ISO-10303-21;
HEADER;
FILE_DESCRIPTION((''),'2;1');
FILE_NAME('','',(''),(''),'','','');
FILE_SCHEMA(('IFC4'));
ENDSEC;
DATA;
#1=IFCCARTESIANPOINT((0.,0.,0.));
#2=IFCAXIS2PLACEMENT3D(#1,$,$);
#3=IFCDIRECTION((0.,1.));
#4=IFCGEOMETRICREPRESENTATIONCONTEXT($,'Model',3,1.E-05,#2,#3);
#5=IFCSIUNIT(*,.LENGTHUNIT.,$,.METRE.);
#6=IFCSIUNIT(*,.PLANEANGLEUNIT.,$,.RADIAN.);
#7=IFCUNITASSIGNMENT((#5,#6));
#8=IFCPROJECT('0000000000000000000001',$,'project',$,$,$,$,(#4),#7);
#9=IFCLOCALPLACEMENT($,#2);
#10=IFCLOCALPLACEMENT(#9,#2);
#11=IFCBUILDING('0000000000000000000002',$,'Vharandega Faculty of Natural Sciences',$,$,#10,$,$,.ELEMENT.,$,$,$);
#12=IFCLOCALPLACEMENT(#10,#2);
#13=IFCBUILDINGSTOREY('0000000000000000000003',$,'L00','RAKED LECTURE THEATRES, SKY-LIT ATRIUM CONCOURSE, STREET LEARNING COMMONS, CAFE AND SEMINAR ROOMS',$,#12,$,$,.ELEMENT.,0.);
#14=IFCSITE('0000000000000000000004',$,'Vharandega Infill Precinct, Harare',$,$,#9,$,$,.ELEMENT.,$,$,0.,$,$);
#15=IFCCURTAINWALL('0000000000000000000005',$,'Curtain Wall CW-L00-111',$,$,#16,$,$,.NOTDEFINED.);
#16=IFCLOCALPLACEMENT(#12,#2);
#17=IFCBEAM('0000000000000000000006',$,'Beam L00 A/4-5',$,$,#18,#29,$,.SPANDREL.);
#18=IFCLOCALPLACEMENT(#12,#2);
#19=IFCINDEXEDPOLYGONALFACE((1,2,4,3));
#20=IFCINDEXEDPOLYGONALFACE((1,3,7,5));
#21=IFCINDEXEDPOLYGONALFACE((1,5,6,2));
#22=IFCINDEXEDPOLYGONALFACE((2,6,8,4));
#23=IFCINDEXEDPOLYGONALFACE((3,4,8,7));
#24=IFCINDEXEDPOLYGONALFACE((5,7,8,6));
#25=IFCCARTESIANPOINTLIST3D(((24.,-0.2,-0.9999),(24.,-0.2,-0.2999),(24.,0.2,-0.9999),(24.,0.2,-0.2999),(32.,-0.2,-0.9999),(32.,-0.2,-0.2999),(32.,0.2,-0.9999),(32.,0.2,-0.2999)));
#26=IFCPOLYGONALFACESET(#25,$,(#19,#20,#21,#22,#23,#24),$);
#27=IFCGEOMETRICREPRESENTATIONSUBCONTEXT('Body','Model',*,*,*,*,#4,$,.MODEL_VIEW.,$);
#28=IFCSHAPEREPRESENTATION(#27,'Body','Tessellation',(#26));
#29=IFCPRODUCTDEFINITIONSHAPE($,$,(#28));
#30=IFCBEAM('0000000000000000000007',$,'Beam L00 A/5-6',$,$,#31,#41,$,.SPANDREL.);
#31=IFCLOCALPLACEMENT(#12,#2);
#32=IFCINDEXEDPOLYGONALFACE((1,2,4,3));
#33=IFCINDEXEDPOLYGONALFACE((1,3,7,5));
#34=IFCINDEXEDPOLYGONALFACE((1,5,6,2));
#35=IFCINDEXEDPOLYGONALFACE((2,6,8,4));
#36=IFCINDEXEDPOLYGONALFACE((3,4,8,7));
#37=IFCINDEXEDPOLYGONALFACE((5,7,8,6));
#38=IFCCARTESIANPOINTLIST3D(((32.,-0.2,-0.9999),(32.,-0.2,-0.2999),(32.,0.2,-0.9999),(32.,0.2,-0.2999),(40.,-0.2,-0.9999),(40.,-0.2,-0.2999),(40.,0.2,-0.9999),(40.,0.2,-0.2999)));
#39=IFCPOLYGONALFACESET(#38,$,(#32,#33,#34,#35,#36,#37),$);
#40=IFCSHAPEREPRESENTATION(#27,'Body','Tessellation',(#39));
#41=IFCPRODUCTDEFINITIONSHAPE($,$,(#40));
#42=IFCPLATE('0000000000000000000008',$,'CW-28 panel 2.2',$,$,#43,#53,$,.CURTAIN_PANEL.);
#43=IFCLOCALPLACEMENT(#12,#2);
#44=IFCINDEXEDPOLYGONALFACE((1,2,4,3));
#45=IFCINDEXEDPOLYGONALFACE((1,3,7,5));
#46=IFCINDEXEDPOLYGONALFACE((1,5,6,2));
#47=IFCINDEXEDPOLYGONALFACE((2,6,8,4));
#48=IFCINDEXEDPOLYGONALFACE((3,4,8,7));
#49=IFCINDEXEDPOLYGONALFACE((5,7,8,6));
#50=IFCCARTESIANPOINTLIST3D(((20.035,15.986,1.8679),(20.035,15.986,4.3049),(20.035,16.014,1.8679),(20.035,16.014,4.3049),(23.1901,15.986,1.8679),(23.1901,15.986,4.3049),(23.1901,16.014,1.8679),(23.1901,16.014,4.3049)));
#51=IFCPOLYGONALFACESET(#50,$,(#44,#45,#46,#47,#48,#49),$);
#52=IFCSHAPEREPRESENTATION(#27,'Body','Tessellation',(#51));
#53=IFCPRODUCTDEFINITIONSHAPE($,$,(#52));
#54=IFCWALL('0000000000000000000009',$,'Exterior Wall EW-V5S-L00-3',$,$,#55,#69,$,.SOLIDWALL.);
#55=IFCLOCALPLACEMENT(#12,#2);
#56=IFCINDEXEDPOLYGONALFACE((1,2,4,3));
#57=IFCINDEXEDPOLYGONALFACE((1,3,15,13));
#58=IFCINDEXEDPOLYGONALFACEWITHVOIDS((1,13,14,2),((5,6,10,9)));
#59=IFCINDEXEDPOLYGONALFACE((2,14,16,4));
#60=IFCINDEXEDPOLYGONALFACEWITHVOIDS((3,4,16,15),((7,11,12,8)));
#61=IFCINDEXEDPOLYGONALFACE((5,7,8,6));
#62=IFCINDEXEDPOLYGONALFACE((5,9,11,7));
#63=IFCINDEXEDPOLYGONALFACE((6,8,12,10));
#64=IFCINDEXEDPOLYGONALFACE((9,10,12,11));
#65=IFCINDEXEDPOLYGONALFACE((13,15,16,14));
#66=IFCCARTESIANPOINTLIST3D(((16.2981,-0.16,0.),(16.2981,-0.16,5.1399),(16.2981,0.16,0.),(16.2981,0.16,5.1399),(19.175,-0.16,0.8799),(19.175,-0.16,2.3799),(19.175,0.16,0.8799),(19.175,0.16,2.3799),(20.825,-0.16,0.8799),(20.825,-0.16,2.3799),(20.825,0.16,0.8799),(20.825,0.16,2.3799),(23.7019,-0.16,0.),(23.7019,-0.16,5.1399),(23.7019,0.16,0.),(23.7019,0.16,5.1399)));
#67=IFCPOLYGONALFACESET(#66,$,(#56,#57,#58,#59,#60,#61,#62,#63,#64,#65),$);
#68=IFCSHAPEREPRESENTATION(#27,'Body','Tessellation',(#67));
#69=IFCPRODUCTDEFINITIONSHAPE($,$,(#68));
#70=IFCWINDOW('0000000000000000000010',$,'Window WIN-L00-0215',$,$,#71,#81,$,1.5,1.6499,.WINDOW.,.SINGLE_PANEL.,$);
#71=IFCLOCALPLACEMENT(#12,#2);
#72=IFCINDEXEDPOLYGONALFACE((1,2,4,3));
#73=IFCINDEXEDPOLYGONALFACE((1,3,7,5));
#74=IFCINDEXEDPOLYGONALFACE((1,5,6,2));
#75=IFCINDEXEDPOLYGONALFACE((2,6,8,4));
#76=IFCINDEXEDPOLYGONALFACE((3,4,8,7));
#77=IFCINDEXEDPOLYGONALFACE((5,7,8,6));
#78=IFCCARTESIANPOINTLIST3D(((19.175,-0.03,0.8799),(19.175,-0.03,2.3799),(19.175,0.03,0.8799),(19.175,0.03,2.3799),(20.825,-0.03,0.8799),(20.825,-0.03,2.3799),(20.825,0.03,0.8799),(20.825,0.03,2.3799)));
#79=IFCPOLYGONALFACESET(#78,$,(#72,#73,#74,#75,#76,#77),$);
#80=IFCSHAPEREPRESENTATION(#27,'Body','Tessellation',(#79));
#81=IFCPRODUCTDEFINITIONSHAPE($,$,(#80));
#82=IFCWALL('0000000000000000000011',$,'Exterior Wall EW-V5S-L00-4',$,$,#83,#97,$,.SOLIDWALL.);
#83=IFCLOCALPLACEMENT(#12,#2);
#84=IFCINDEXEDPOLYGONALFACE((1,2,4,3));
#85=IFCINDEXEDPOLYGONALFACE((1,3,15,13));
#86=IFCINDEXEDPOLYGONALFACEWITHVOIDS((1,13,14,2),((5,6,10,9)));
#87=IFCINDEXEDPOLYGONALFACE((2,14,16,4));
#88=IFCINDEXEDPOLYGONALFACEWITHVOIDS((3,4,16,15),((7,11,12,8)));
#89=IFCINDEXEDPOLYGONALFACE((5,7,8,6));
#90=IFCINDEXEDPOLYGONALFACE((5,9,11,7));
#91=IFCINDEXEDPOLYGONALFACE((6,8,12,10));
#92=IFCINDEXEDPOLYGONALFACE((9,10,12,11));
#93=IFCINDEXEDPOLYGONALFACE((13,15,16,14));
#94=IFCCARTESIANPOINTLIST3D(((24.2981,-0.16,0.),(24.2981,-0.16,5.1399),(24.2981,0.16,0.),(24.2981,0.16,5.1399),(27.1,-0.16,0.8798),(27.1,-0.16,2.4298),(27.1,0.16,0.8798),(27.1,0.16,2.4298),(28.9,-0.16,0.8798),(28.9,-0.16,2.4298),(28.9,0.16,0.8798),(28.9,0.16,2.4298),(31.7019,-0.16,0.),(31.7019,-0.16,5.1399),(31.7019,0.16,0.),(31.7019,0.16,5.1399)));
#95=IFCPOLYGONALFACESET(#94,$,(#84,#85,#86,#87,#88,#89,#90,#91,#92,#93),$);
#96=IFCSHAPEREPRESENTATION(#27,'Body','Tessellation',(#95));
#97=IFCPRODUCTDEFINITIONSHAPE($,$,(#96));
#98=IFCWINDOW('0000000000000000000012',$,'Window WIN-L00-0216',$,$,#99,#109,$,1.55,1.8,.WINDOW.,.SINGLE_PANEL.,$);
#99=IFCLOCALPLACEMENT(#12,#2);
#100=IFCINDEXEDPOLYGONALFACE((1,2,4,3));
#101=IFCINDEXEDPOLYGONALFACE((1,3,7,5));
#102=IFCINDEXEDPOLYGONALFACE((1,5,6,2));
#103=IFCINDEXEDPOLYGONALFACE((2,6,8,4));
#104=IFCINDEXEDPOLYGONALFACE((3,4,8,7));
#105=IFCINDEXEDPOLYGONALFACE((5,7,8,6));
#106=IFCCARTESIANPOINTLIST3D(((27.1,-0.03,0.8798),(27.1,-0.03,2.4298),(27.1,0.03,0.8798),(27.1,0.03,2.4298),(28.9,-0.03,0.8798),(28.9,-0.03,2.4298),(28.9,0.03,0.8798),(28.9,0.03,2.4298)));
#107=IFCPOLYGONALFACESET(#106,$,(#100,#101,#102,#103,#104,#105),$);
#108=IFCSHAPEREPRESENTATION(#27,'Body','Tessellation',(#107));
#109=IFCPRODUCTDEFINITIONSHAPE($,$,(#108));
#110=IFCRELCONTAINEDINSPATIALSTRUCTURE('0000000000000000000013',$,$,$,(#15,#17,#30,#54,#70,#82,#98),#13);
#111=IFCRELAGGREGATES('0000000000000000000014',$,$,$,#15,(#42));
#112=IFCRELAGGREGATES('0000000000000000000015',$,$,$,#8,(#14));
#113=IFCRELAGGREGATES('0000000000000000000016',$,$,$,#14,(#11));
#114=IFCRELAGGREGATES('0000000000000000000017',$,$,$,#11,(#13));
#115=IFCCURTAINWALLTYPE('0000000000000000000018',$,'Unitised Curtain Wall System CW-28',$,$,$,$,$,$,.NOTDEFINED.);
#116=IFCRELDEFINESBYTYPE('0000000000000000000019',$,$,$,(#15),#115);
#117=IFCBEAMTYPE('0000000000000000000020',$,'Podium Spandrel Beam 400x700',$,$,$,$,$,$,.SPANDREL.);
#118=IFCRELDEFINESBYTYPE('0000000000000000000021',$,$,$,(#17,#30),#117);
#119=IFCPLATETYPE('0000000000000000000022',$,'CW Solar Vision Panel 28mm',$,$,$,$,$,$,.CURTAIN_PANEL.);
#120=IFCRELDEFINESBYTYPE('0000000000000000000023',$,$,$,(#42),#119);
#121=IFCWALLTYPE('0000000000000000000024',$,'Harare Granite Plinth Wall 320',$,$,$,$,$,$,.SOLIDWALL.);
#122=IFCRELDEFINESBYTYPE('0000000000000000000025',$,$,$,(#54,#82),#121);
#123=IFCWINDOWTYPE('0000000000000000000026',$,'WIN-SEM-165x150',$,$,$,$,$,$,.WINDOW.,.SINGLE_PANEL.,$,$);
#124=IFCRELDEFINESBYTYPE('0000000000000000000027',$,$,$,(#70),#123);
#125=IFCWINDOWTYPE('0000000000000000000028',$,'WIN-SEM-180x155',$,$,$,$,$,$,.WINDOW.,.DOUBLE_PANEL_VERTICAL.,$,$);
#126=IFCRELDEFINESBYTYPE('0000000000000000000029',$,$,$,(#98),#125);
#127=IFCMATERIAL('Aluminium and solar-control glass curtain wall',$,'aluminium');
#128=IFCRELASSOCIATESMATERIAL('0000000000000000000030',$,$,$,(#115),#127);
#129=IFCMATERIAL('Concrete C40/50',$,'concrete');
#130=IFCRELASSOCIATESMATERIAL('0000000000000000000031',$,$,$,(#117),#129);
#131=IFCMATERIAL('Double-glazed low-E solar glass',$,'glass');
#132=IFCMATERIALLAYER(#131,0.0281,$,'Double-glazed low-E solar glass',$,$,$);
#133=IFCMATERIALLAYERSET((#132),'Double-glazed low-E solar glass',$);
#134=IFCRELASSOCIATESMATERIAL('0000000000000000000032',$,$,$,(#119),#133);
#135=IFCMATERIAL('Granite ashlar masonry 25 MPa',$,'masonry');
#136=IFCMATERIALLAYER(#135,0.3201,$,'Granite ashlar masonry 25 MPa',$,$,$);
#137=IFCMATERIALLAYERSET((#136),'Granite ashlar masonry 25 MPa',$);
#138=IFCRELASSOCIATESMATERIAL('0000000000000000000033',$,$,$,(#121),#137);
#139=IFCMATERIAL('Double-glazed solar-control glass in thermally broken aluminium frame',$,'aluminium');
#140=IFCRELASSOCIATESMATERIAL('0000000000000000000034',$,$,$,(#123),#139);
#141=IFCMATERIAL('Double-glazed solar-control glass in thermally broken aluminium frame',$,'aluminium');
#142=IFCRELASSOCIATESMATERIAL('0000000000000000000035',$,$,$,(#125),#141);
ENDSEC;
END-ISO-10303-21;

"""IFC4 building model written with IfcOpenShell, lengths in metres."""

from ifc_helpers import new_model, si_unit, direction, frame, frame_2d, origin, origin_2d, place, context, subcontext, project, spatial, rectangle, extrude, material, layer, layer_set, material_profile, profile_set, type_object, element, fill, aggregate, save


model = new_model("IFC4")

# Units and contexts
model_context = context("Model", 3, precision=1e-05, world=origin(), true_north=direction((0.0, 1.0)))
body_context = subcontext(model_context, "Body", "Model", "MODEL_VIEW")
ifc_project = project(units=[si_unit("LENGTHUNIT", "METRE"), si_unit("PLANEANGLEUNIT", "RADIAN")], contexts=[model_context])

# Site, building, storey
site_placement = place(None, origin())
site = spatial("IfcSite", under=ifc_project, at=site_placement, Name="Vharandega Infill Precinct, Harare", CompositionType="ELEMENT", RefElevation=0.0)
building_placement = place(site_placement, origin())
building = spatial("IfcBuilding", under=site, at=building_placement, Name="Vharandega Faculty of Natural Sciences", CompositionType="ELEMENT")
storey_placement = place(building_placement, origin())
storey = spatial("IfcBuildingStorey", under=building, at=storey_placement, Name="L00", Description="RAKED LECTURE THEATRES, SKY-LIT ATRIUM CONCOURSE, STREET LEARNING COMMONS, CAFE AND SEMINAR ROOMS", CompositionType="ELEMENT", Elevation=0.0)

# Curtain wall
ifc_material_1 = material(Name="Aluminium and solar-control glass curtain wall", Category="aluminium")
curtain_wall_type = type_object("IfcCurtainWallType", Name="Unitised Curtain Wall System CW-28", PredefinedType="NOTDEFINED", material=ifc_material_1)
curtain_wall_placement = place(storey_placement, origin())
curtain_wall = element("IfcCurtainWall", 1, at=curtain_wall_placement, inside=storey, type_object=curtain_wall_type, Name="Curtain Wall CW-L00-111", PredefinedType="NOTDEFINED")

# Beams
ifc_material_2 = material(Name="Concrete C40/50", Category="concrete")
ifc_material_profile_1 = material_profile(ifc_material_2, rectangle(XDim=0.3999, YDim=0.7, at=origin_2d()), Name="RC 400x700")
ifc_profile_set_1 = profile_set([ifc_material_profile_1], Name="Concrete C40/50")
beam_type_1 = type_object("IfcBeamType", Name="Podium Spandrel Beam 400x700", PredefinedType="SPANDREL", material=ifc_profile_set_1)
for number, where, z_axis, x_axis, name in (
    (2, (24.0, 0.0, -0.6499), (1.0, 0.0, 0.0), (0.0, 1.0, 0.0), "Beam L00 A/4-5"),
    (3, (32.0, 0.0, -0.6499), (1.0, 0.0, 0.0), (0.0, 1.0, 0.0), "Beam L00 A/5-6"),
):
    element("IfcBeam", number, at=place(storey_placement, frame(where, z_axis=z_axis, x_axis=x_axis)), inside=storey, type_object=beam_type_1, Name=name, PredefinedType="SPANDREL", context=body_context, shape_type="SweptSolid", body=[
        extrude(rectangle(XDim=0.3999, YDim=0.7, at=origin_2d()), origin(), (0.0, 0.0, 1.0), 8.0),
    ])

# Plate
ifc_material_3 = material(Name="Double-glazed low-E solar glass", Category="glass")
ifc_layer_1 = layer(ifc_material_3, 0.0281, Name="Double-glazed low-E solar glass")
ifc_layer_set_1 = layer_set([ifc_layer_1], Name="Double-glazed low-E solar glass")
plate_type = type_object("IfcPlateType", Name="CW Solar Vision Panel 28mm", PredefinedType="CURTAIN_PANEL", material=ifc_layer_set_1)
plate_placement = place(storey_placement, frame((21.6125, 16.0, 1.8679), z_axis=(0.0, 0.0, 1.0), x_axis=(1.0, 0.0, 0.0)))
plate = element("IfcPlate", 4, at=plate_placement, type_object=plate_type, Name="CW-28 panel 2.2", PredefinedType="CURTAIN_PANEL", context=body_context, shape_type="SweptSolid", body=[
    extrude(rectangle(XDim=3.155, YDim=0.0281, at=origin_2d()), origin(), (0.0, 0.0, 1.0), 2.437),
])
aggregate(curtain_wall, [plate])

# Walls, openings, windows
ifc_material_4 = material(Name="Granite ashlar masonry 25 MPa", Category="masonry")
ifc_layer_2 = layer(ifc_material_4, 0.3201, Name="Granite ashlar masonry 25 MPa")
ifc_layer_set_2 = layer_set([ifc_layer_2], Name="Granite ashlar masonry 25 MPa")
wall_type = type_object("IfcWallType", Name="Harare Granite Plinth Wall 320", PredefinedType="SOLIDWALL", material=ifc_layer_set_2)
wall_1_placement = place(storey_placement, frame((23.7019, 0.0, 0.0), z_axis=(0.0, 0.0, 1.0), x_axis=(-1.0, 0.0, 0.0)))
wall_1 = element("IfcWall", 5, at=wall_1_placement, inside=storey, type_object=wall_type, Name="Exterior Wall EW-V5S-L00-3", PredefinedType="SOLIDWALL", context=body_context, shape_type="SweptSolid", body=[
    extrude(rectangle(XDim=7.4038, YDim=0.3201, at=frame_2d((3.7019, 0.0))), origin(), (0.0, 0.0, 1.0), 5.1399),
])
opening_1_placement = place(wall_1_placement, frame((2.877, 0.0, 0.8799)))
opening_1 = element("IfcOpeningElement", 6, at=opening_1_placement, cuts=wall_1, PredefinedType="OPENING", context=body_context, shape_type="SweptSolid", body=[
    extrude(rectangle(XDim=1.6499, YDim=1.5, at=frame_2d((0.825, 0.75))), frame((0.0, 0.1699, 0.0), z_axis=(0.0, -1.0, 0.0), x_axis=(1.0, 0.0, 0.0)), (0.0, 0.0, 1.0), 0.3401),
])
ifc_material_5 = material(Name="Double-glazed solar-control glass in thermally broken aluminium frame", Category="aluminium")
window_type_1 = type_object("IfcWindowType", Name="WIN-SEM-165x150", PartitioningType="SINGLE_PANEL", PredefinedType="WINDOW", material=ifc_material_5)
window_1_placement = place(opening_1_placement, origin())
window_1 = element("IfcWindow", 7, at=window_1_placement, inside=storey, type_object=window_type_1, Name="Window WIN-L00-0215", OverallHeight=1.5, OverallWidth=1.6499, PartitioningType="SINGLE_PANEL", PredefinedType="WINDOW", context=body_context, shape_type="SweptSolid", body=[
    extrude(rectangle(XDim=1.6499, YDim=1.5, at=frame_2d((0.825, 0.75))), frame((0.0, 0.03, 0.0), z_axis=(0.0, -1.0, 0.0), x_axis=(1.0, 0.0, 0.0)), (0.0, 0.0, 1.0), 0.0601),
])
fill(opening_1, window_1)
wall_2_placement = place(storey_placement, frame((31.7019, 0.0, 0.0), z_axis=(0.0, 0.0, 1.0), x_axis=(-1.0, 0.0, 0.0)))
wall_2 = element("IfcWall", 8, at=wall_2_placement, inside=storey, type_object=wall_type, Name="Exterior Wall EW-V5S-L00-4", PredefinedType="SOLIDWALL", context=body_context, shape_type="SweptSolid", body=[
    extrude(rectangle(XDim=7.4038, YDim=0.3201, at=frame_2d((3.7019, 0.0))), origin(), (0.0, 0.0, 1.0), 5.1399),
])
opening_2_placement = place(wall_2_placement, frame((2.802, 0.0, 0.8799)))
opening_2 = element("IfcOpeningElement", 9, at=opening_2_placement, cuts=wall_2, PredefinedType="OPENING", context=body_context, shape_type="SweptSolid", body=[
    extrude(rectangle(XDim=1.8, YDim=1.55, at=frame_2d((0.8999, 0.7749))), frame((0.0, 0.1699, 0.0), z_axis=(0.0, -1.0, 0.0), x_axis=(1.0, 0.0, 0.0)), (0.0, 0.0, 1.0), 0.3401),
])
ifc_material_6 = material(Name="Double-glazed solar-control glass in thermally broken aluminium frame", Category="aluminium")
window_type_2 = type_object("IfcWindowType", Name="WIN-SEM-180x155", PartitioningType="DOUBLE_PANEL_VERTICAL", PredefinedType="WINDOW", material=ifc_material_6)
window_2_placement = place(opening_2_placement, origin())
window_2 = element("IfcWindow", 10, at=window_2_placement, inside=storey, type_object=window_type_2, Name="Window WIN-L00-0216", OverallHeight=1.55, OverallWidth=1.8, PartitioningType="SINGLE_PANEL", PredefinedType="WINDOW", context=body_context, shape_type="SweptSolid", body=[
    extrude(rectangle(XDim=1.8, YDim=1.55, at=frame_2d((0.8999, 0.7749))), frame((0.0, 0.03, 0.0), z_axis=(0.0, -1.0, 0.0), x_axis=(1.0, 0.0, 0.0)), (0.0, 0.0, 1.0), 0.0601),
])
fill(opening_2, window_2)

save(model, "model.ifc")
